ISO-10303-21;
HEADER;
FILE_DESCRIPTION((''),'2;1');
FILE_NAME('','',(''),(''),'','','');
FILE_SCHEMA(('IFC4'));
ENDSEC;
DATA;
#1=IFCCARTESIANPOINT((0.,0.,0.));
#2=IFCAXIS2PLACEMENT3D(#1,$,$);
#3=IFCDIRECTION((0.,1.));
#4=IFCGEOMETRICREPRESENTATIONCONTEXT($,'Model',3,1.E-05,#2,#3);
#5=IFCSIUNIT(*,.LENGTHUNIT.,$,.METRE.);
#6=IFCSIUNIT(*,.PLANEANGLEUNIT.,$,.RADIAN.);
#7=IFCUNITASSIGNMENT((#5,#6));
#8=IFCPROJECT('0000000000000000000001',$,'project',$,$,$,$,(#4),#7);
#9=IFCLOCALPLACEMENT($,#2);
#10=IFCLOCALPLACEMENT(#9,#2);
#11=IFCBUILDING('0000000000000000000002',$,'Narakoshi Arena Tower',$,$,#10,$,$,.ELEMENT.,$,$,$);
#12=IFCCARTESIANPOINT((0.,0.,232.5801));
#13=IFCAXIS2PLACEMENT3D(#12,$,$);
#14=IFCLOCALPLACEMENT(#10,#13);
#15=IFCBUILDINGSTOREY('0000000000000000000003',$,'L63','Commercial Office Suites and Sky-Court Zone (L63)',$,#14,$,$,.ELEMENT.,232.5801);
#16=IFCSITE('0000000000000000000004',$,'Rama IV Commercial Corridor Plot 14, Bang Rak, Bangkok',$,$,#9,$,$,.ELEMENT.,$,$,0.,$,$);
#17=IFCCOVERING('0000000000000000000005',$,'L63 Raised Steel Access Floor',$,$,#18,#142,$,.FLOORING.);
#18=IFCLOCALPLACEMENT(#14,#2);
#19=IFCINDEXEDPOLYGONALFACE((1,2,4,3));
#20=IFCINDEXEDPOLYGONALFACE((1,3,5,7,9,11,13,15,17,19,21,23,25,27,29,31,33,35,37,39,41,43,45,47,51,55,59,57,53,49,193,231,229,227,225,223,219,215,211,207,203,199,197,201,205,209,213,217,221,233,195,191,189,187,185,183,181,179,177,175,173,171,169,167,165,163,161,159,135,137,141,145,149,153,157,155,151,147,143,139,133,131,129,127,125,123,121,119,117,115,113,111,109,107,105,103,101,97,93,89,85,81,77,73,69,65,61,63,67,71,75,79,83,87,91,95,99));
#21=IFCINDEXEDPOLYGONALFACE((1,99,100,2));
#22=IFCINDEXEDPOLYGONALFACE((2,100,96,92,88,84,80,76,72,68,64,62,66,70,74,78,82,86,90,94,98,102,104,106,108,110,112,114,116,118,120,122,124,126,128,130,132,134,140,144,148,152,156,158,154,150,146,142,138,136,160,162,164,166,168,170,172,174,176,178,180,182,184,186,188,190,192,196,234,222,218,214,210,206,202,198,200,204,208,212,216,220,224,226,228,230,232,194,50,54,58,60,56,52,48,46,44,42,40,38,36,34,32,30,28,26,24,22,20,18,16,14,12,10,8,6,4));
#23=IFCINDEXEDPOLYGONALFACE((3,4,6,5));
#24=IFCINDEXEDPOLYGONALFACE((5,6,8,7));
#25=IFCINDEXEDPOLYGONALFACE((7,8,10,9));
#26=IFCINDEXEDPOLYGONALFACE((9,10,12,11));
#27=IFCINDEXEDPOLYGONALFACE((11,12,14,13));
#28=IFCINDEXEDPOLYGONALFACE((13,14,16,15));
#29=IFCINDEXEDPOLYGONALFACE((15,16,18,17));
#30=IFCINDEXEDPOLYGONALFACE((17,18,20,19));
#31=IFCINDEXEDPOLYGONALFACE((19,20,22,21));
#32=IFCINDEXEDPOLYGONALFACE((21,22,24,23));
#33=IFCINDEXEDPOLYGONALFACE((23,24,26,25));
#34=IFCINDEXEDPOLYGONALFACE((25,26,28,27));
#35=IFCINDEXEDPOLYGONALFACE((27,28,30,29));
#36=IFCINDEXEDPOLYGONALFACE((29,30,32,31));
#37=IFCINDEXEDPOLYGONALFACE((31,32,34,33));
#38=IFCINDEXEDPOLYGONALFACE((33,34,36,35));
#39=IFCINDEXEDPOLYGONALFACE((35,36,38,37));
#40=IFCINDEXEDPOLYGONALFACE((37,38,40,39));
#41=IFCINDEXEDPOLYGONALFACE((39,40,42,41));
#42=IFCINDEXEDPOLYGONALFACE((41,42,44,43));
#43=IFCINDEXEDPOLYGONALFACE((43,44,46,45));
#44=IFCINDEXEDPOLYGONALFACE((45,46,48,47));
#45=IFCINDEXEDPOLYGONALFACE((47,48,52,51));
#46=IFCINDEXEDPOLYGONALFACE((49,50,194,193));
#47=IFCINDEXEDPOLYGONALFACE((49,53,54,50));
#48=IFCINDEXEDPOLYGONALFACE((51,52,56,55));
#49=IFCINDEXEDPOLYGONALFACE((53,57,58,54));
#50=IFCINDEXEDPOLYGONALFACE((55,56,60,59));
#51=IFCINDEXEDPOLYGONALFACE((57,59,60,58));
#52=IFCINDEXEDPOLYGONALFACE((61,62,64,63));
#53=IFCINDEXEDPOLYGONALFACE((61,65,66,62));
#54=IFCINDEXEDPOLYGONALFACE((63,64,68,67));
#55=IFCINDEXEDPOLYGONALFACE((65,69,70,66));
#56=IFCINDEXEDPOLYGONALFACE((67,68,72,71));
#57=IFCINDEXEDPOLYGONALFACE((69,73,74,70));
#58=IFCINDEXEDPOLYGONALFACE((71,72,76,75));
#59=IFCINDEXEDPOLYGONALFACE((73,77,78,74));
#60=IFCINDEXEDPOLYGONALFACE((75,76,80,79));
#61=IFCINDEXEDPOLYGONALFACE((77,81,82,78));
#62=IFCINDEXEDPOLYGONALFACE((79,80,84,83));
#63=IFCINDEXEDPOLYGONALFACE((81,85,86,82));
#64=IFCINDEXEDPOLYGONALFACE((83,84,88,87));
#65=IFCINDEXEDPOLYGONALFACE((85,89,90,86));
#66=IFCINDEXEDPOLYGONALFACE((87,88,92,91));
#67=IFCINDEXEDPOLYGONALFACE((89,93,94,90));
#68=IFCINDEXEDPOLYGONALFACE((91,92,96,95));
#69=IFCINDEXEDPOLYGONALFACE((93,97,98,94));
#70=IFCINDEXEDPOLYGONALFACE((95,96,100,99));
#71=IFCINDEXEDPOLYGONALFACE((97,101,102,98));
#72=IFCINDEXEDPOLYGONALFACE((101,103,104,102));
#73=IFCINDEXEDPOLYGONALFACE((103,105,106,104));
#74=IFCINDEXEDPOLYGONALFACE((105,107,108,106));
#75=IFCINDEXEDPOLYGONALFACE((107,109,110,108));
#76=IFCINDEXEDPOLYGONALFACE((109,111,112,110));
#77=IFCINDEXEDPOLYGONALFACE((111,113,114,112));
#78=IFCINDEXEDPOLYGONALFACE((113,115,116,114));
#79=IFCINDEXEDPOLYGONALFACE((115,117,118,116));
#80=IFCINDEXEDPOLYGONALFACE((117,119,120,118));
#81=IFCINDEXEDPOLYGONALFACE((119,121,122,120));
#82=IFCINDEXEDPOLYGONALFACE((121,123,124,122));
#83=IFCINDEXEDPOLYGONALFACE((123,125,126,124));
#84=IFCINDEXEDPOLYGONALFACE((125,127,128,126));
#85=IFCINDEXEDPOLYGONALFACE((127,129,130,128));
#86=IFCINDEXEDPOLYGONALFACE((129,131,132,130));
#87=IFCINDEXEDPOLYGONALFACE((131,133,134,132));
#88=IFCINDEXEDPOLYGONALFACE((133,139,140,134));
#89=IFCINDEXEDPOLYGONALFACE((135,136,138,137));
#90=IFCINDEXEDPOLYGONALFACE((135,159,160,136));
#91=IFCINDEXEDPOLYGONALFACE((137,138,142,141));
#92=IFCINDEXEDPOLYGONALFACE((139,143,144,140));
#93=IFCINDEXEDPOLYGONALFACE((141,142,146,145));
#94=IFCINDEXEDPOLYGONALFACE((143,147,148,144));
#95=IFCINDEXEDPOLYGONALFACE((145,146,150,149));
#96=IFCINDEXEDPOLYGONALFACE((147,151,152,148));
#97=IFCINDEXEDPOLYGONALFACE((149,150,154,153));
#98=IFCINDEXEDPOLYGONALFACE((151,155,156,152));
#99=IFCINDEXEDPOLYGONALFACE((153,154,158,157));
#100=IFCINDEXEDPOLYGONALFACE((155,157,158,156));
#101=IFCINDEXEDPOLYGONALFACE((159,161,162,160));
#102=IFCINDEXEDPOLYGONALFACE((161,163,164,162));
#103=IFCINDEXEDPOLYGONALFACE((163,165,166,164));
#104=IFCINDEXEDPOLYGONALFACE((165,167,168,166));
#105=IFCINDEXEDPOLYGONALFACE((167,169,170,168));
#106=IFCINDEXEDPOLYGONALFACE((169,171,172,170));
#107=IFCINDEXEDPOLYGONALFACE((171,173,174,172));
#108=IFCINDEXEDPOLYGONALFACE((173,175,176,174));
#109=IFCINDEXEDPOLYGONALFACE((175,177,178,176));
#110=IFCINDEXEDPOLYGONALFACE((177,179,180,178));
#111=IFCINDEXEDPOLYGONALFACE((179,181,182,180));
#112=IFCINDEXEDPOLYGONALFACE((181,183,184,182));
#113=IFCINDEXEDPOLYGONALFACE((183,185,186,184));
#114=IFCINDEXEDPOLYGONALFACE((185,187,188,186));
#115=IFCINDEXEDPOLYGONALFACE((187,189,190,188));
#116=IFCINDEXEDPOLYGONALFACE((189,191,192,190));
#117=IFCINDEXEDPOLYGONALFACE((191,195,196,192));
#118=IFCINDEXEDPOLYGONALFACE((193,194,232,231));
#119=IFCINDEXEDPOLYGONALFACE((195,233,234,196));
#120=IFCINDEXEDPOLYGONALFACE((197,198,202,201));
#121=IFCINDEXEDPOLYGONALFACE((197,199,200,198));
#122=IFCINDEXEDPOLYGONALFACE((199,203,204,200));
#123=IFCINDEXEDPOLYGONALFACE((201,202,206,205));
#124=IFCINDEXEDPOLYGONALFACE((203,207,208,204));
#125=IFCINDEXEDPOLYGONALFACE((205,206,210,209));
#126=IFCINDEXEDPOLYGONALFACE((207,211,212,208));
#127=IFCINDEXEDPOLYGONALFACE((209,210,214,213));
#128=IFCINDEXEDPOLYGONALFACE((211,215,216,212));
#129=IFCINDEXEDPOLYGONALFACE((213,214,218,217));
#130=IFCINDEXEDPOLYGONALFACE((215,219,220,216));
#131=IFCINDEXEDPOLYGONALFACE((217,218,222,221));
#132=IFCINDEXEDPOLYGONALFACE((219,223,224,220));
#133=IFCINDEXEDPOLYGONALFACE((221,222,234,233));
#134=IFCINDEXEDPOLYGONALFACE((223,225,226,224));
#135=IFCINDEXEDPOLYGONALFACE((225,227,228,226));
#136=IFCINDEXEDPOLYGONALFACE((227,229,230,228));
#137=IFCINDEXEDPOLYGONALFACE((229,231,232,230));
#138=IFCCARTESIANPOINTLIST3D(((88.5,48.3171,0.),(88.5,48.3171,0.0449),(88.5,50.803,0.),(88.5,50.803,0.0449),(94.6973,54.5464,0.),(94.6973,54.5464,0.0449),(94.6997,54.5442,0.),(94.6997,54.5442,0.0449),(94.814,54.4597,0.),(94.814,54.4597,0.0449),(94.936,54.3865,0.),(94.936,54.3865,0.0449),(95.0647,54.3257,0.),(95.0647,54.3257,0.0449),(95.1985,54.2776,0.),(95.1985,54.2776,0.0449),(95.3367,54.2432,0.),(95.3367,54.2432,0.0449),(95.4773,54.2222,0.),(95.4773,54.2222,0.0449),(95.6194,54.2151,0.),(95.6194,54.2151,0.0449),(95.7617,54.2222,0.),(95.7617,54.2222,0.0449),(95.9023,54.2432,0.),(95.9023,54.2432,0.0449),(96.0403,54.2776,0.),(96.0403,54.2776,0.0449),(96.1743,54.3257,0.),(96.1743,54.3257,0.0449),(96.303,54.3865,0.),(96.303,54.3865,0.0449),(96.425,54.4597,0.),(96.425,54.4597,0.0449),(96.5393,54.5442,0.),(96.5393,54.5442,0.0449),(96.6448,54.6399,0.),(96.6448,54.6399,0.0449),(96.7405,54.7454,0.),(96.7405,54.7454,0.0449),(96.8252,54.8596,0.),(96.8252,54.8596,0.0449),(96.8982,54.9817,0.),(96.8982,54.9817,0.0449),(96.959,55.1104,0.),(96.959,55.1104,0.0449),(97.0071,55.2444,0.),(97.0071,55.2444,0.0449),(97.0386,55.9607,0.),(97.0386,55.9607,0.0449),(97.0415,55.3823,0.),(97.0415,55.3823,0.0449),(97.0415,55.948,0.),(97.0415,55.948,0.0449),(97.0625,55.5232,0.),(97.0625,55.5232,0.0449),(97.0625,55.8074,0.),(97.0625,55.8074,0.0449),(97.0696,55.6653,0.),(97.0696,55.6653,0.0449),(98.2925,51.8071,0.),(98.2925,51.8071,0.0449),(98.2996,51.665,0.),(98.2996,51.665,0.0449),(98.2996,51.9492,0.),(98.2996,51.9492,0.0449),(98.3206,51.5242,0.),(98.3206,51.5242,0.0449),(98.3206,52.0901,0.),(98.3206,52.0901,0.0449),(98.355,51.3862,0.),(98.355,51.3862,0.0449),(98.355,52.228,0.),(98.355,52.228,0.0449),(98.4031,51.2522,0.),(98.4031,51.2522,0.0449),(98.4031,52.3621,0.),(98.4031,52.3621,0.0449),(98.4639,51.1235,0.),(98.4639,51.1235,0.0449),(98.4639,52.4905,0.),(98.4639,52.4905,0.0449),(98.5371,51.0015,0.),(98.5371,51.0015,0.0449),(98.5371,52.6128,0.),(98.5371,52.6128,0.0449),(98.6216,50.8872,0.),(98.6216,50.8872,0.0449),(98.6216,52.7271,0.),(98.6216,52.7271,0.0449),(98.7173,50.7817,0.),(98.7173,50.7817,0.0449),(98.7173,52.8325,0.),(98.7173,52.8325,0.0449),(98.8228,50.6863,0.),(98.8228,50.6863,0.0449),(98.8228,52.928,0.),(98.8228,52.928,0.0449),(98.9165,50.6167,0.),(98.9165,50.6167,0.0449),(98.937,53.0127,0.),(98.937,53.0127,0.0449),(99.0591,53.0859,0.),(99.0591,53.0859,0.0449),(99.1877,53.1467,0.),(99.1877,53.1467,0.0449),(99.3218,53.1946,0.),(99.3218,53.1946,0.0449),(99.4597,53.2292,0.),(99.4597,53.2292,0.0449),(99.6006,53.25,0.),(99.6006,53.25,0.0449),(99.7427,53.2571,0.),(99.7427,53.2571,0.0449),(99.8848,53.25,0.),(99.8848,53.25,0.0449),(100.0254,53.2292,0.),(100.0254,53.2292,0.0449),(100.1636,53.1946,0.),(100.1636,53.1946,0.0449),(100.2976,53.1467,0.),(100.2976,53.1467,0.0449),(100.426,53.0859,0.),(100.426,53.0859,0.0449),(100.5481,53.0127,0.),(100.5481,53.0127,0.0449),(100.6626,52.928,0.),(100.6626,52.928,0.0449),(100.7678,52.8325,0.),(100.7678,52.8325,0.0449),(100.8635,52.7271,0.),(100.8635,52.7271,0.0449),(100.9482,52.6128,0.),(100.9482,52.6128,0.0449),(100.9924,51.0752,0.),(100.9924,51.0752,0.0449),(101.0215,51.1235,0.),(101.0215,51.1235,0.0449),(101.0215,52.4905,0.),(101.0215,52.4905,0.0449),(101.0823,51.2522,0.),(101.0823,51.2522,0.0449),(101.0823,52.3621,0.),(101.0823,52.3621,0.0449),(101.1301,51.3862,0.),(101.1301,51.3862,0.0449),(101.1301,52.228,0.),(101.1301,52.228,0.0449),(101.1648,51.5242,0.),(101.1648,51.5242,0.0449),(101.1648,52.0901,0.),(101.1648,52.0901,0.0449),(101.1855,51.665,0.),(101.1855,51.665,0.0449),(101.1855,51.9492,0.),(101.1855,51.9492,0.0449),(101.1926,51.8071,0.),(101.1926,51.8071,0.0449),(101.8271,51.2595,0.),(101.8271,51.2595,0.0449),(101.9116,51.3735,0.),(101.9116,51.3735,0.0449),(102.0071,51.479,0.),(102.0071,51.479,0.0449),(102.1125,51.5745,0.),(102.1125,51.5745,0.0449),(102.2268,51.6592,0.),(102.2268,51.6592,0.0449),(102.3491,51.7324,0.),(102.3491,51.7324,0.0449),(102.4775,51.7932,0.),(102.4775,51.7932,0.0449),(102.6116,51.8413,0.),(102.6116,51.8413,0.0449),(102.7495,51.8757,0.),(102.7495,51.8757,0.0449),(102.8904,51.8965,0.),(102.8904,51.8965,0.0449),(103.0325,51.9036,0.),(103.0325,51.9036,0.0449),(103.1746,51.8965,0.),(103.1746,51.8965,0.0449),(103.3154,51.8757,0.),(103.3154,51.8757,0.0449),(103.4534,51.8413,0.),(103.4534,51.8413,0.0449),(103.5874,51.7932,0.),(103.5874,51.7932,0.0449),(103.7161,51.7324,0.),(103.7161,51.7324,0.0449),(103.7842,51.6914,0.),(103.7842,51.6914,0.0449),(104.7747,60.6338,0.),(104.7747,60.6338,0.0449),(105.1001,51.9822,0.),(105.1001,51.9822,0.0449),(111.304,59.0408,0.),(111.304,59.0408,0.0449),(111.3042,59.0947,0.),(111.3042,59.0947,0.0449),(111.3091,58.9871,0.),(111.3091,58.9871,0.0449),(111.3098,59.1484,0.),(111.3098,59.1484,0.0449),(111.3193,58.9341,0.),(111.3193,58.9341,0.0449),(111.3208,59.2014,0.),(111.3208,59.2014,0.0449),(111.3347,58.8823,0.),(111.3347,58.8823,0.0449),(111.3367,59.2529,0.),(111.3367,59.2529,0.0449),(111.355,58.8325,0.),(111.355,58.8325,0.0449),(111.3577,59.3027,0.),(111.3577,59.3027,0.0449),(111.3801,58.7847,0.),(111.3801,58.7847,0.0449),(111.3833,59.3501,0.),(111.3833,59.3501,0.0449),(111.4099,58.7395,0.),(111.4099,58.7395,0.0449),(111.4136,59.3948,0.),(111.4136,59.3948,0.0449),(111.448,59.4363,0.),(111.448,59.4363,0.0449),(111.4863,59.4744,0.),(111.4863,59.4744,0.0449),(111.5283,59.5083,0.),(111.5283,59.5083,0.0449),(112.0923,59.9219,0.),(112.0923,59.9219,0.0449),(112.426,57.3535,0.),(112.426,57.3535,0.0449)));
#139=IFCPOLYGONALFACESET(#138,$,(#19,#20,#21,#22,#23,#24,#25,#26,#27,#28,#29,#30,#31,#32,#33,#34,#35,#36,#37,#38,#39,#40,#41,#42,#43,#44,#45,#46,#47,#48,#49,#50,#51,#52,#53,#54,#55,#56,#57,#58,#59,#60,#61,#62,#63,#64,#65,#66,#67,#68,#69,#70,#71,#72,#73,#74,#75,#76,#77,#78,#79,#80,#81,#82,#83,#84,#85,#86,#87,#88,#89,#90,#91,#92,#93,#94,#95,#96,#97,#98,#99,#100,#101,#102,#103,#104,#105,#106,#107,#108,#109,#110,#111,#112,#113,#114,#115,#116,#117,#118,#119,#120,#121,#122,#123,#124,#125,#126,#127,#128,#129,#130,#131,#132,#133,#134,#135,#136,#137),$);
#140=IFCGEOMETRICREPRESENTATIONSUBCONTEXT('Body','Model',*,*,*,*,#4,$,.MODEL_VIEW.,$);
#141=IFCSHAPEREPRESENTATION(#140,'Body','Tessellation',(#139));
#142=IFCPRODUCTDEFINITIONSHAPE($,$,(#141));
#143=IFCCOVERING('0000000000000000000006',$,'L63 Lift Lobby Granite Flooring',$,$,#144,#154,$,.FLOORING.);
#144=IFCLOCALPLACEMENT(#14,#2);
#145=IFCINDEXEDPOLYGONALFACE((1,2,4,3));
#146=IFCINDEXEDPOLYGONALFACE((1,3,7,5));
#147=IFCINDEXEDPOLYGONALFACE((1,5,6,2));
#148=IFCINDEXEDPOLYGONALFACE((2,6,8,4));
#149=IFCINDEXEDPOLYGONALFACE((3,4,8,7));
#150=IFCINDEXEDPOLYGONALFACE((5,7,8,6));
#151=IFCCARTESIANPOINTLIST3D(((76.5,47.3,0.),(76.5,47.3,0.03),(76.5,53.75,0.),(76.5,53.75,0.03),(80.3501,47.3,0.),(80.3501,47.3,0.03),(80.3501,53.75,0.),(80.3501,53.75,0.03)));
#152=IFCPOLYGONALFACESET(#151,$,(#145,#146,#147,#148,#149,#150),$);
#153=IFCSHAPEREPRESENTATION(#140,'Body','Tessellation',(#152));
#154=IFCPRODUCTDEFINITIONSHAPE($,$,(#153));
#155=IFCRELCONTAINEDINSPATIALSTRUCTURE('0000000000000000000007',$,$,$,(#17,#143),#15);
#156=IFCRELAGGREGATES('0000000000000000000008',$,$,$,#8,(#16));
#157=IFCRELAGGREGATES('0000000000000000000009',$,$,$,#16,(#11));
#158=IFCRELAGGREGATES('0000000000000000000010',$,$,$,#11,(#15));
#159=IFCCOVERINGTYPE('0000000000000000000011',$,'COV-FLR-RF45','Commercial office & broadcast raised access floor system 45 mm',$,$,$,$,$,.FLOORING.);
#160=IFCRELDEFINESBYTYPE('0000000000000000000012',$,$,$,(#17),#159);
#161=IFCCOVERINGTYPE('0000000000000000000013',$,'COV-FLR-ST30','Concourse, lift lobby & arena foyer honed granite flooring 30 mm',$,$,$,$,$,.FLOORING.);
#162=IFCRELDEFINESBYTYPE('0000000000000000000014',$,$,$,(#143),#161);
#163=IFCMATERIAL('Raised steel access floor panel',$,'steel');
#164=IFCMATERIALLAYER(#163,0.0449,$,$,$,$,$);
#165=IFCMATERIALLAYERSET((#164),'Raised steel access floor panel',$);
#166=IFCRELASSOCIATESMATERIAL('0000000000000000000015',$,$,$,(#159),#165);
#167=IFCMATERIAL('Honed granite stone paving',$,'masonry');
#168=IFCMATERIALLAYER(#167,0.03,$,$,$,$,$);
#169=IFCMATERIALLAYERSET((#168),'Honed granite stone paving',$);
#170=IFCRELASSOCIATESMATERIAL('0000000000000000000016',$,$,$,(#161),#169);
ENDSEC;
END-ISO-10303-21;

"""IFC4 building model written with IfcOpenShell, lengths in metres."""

from ifc_helpers import new_model, si_unit, direction, frame, origin, place, context, subcontext, project, spatial, polyline, outline, extrude, material, layer, layer_set, type_object, element, save


model = new_model("IFC4")

# Units and contexts
model_context = context("Model", 3, precision=1e-05, world=origin(), true_north=direction((0.0, 1.0)))
body_context = subcontext(model_context, "Body", "Model", "MODEL_VIEW")
ifc_project = project(units=[si_unit("LENGTHUNIT", "METRE"), si_unit("PLANEANGLEUNIT", "RADIAN")], contexts=[model_context])

# Site, building, storey
site_placement = place(None, origin())
site = spatial("IfcSite", under=ifc_project, at=site_placement, Name="Rama IV Commercial Corridor Plot 14, Bang Rak, Bangkok", CompositionType="ELEMENT", RefElevation=0.0)
building_placement = place(site_placement, origin())
building = spatial("IfcBuilding", under=site, at=building_placement, Name="Narakoshi Arena Tower", CompositionType="ELEMENT")
storey_placement = place(building_placement, frame((0.0, 0.0, 232.5801)))
storey = spatial("IfcBuildingStorey", under=building, at=storey_placement, Name="L63", Description="Commercial Office Suites and Sky-Court Zone (L63)", CompositionType="ELEMENT", Elevation=232.5801)

# Coverings
ifc_material_1 = material(Name="Raised steel access floor panel", Category="steel")
ifc_layer_1 = layer(ifc_material_1, 0.0449)
ifc_layer_set_1 = layer_set([ifc_layer_1], Name="Raised steel access floor panel")
covering_type_1 = type_object("IfcCoveringType", Name="COV-FLR-RF45", Description="Commercial office & broadcast raised access floor system 45 mm", PredefinedType="FLOORING", material=ifc_layer_set_1)
covering_1_placement = place(storey_placement, origin())
element("IfcCovering", 1, at=covering_1_placement, inside=storey, type_object=covering_type_1, Name="L63 Raised Steel Access Floor", PredefinedType="FLOORING", context=body_context, shape_type="SweptSolid", body=[
    extrude(outline(polyline([(111.4863, 59.4744), (111.448, 59.4363), (111.4136, 59.3948), (111.3833, 59.3501), (111.3577, 59.3027), (111.3367, 59.2529), (111.3208, 59.2014), (111.3098, 59.1484), (111.3042, 59.0947), (111.304, 59.0408), (111.3091, 58.9871), (111.3193, 58.9341), (111.3347, 58.8823), (111.355, 58.8325), (111.3801, 58.7847), (111.4099, 58.7395), (112.426, 57.3535), (105.1001, 51.9822), (103.7842, 51.6914), (103.7161, 51.7324), (103.5874, 51.7932), (103.4534, 51.8413), (103.3154, 51.8757), (103.1746, 51.8965), (103.0325, 51.9036), (102.8904, 51.8965), (102.7495, 51.8757), (102.6116, 51.8413), (102.4775, 51.7932), (102.3491, 51.7324), (102.2268, 51.6592), (102.1125, 51.5745), (102.0071, 51.479), (101.9116, 51.3735), (101.8271, 51.2595), (100.9924, 51.0752), (101.0215, 51.1235), (101.0823, 51.2522), (101.1301, 51.3862), (101.1648, 51.5242), (101.1855, 51.665), (101.1926, 51.8071), (101.1855, 51.9492), (101.1648, 52.0901), (101.1301, 52.228), (101.0823, 52.3621), (101.0215, 52.4905), (100.9482, 52.6128), (100.8635, 52.7271), (100.7678, 52.8325), (100.6626, 52.928), (100.5481, 53.0127), (100.426, 53.0859), (100.2976, 53.1467), (100.1636, 53.1946), (100.0254, 53.2292), (99.8848, 53.25), (99.7427, 53.2571), (99.6006, 53.25), (99.4597, 53.2292), (99.3218, 53.1946), (99.1877, 53.1467), (99.0591, 53.0859), (98.937, 53.0127), (98.8228, 52.928), (98.7173, 52.8325), (98.6216, 52.7271), (98.5371, 52.6128), (98.4639, 52.4905), (98.4031, 52.3621), (98.355, 52.228), (98.3206, 52.0901), (98.2996, 51.9492), (98.2925, 51.8071), (98.2996, 51.665), (98.3206, 51.5242), (98.355, 51.3862), (98.4031, 51.2522), (98.4639, 51.1235), (98.5371, 51.0015), (98.6216, 50.8872), (98.7173, 50.7817), (98.8228, 50.6863), (98.9165, 50.6167), (88.5, 48.3171), (88.5, 50.803), (94.6973, 54.5464), (94.6997, 54.5442), (94.814, 54.4597), (94.936, 54.3865), (95.0647, 54.3257), (95.1985, 54.2776), (95.3367, 54.2432), (95.4773, 54.2222), (95.6194, 54.2151), (95.7617, 54.2222), (95.9023, 54.2432), (96.0403, 54.2776), (96.1743, 54.3257), (96.303, 54.3865), (96.425, 54.4597), (96.5393, 54.5442), (96.6448, 54.6399), (96.7405, 54.7454), (96.8252, 54.8596), (96.8982, 54.9817), (96.959, 55.1104), (97.0071, 55.2444), (97.0415, 55.3823), (97.0625, 55.5232), (97.0696, 55.6653), (97.0625, 55.8074), (97.0415, 55.948), (97.0386, 55.9607), (104.7747, 60.6338), (112.0923, 59.9219), (111.5283, 59.5083), (111.4863, 59.4744)])), origin(), (0.0, 0.0, 1.0), 0.0449),
])
ifc_material_2 = material(Name="Honed granite stone paving", Category="masonry")
ifc_layer_2 = layer(ifc_material_2, 0.03)
ifc_layer_set_2 = layer_set([ifc_layer_2], Name="Honed granite stone paving")
covering_type_2 = type_object("IfcCoveringType", Name="COV-FLR-ST30", Description="Concourse, lift lobby & arena foyer honed granite flooring 30 mm", PredefinedType="FLOORING", material=ifc_layer_set_2)
covering_2_placement = place(storey_placement, origin())
element("IfcCovering", 2, at=covering_2_placement, inside=storey, type_object=covering_type_2, Name="L63 Lift Lobby Granite Flooring", PredefinedType="FLOORING", context=body_context, shape_type="SweptSolid", body=[
    extrude(outline(polyline([(76.5, 47.3), (80.3501, 47.3), (80.3501, 53.75), (76.5, 53.75), (76.5, 47.3)])), origin(), (0.0, 0.0, 1.0), 0.03),
])

save(model, "model.ifc")
